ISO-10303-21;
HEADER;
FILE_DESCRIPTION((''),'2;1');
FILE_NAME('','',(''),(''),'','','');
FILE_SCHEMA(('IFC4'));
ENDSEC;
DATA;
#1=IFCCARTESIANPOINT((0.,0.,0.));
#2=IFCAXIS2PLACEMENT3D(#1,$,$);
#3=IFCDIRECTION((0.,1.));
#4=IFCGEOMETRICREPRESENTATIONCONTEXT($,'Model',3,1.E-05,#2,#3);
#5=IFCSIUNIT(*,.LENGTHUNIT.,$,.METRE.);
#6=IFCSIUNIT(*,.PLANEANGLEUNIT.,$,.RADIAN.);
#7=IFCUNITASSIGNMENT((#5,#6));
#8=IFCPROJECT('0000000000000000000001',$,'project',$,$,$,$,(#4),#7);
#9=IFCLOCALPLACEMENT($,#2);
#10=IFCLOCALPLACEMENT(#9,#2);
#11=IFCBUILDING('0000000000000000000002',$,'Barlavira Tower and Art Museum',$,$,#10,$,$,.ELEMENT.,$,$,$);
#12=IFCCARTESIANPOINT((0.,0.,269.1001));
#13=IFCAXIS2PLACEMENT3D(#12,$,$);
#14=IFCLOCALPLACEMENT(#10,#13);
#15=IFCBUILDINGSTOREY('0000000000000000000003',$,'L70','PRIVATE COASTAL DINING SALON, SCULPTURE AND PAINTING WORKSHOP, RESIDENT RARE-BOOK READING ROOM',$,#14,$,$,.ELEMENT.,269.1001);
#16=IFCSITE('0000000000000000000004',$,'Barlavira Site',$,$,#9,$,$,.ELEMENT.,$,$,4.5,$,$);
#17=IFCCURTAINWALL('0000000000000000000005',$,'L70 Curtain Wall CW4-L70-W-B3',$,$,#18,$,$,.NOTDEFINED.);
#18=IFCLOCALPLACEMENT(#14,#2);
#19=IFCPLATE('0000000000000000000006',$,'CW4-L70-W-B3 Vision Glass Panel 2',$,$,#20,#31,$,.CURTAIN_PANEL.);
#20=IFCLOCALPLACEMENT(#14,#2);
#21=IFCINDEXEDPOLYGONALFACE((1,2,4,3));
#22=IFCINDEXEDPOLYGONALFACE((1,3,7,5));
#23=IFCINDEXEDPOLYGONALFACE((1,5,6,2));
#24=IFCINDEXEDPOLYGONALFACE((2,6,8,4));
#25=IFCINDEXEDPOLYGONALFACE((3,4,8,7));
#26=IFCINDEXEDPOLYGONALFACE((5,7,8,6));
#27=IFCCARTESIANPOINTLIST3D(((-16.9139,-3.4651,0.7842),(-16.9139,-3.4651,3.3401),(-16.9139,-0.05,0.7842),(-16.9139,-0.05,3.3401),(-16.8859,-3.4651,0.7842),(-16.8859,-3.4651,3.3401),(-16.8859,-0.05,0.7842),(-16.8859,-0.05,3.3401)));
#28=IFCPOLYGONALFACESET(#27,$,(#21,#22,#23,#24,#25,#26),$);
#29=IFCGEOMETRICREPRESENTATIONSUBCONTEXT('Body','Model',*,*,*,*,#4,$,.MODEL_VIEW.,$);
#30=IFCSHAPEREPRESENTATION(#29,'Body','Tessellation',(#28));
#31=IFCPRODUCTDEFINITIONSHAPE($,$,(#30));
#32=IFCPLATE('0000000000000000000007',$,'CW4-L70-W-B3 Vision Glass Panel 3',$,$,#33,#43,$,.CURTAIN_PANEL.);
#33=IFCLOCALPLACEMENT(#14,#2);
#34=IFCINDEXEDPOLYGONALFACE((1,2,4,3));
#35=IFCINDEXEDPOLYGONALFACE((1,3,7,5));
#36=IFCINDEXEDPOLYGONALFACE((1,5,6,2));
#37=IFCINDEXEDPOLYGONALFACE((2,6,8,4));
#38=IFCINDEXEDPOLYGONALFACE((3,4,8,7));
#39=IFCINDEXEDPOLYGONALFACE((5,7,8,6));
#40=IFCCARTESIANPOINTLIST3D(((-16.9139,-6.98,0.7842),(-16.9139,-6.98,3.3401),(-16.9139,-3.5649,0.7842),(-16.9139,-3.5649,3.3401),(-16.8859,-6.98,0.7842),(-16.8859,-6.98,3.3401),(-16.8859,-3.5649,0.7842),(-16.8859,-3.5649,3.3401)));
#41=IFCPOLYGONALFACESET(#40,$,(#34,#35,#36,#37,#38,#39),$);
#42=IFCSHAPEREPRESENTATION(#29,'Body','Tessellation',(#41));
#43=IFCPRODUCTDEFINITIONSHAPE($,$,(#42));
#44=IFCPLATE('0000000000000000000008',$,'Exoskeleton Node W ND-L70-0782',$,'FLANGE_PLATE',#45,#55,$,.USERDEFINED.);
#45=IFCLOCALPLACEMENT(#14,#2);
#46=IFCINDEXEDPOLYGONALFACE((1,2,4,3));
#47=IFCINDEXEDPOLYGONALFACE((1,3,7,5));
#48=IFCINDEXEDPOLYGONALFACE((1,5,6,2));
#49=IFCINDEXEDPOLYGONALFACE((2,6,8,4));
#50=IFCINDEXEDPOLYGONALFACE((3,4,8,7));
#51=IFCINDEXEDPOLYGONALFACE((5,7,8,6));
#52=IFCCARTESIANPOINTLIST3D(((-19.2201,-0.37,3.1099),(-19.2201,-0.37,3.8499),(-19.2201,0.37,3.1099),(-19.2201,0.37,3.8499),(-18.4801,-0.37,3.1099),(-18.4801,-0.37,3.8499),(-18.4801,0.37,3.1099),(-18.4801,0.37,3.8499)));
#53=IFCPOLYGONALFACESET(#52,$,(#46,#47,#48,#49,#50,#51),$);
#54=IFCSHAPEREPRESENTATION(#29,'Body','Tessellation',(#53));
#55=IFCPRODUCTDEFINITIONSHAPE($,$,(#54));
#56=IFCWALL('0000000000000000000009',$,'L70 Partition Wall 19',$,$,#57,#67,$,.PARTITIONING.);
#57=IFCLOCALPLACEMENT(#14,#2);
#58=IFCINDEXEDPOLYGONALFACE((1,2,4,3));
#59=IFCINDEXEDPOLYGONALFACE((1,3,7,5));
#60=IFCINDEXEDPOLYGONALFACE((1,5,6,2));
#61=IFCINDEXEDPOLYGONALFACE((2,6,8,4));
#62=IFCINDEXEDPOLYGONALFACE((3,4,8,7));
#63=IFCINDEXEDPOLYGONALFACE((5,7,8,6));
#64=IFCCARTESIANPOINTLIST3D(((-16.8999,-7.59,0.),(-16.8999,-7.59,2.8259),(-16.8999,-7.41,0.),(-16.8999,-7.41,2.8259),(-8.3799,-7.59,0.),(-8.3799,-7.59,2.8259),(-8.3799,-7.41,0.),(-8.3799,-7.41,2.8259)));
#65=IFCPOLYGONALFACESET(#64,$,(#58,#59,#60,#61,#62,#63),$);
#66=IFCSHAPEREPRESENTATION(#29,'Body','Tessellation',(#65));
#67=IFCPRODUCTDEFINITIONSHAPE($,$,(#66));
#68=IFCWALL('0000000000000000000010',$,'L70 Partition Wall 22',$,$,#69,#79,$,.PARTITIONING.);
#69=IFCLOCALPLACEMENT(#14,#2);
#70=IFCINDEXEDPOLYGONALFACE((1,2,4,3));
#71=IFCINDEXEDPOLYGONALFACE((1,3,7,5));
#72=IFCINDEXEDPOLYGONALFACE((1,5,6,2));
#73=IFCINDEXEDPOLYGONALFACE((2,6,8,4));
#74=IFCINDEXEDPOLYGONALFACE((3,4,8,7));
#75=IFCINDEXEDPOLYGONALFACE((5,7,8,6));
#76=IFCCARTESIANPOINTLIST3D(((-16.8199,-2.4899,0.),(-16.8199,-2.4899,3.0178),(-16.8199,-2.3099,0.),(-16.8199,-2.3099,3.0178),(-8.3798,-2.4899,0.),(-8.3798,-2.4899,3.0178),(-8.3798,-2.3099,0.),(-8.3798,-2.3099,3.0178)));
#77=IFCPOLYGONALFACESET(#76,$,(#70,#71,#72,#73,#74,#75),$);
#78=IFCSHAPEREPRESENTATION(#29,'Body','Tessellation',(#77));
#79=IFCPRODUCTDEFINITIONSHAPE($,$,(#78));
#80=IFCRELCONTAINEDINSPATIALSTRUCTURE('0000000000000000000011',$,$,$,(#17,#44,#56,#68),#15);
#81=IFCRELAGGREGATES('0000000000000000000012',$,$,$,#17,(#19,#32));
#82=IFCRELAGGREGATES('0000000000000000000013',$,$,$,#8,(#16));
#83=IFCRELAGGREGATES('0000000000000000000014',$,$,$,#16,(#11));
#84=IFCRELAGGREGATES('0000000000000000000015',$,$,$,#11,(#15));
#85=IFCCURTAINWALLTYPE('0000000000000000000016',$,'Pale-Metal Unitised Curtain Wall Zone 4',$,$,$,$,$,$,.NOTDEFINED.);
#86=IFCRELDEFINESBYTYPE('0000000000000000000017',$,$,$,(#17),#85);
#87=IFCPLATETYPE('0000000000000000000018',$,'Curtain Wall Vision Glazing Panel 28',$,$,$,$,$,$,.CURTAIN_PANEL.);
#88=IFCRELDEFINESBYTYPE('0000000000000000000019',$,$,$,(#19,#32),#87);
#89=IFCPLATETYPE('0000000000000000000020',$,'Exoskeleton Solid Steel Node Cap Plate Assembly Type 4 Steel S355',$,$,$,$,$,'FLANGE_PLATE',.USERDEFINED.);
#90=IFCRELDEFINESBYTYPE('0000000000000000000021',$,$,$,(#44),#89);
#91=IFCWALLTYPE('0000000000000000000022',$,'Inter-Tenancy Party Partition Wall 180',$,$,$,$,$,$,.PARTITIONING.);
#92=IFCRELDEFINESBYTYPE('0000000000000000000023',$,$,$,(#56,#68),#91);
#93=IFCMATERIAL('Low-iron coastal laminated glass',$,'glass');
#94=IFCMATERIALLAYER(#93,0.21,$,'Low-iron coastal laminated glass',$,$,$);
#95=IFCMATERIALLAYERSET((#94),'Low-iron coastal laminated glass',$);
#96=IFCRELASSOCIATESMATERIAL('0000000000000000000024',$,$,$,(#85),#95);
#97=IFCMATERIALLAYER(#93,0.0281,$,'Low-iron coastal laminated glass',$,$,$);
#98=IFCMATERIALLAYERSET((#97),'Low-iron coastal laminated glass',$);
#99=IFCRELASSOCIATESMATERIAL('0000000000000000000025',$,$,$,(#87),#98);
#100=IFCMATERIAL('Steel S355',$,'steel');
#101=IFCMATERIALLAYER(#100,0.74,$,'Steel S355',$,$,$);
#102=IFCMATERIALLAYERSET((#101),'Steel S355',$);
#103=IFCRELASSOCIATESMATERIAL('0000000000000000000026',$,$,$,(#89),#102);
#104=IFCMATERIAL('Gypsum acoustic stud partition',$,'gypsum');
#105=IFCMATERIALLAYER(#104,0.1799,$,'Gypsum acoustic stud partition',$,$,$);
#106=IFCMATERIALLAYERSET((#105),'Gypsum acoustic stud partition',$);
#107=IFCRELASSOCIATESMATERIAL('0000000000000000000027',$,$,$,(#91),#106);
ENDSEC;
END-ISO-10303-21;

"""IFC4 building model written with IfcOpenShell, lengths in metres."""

from ifc_helpers import new_model, si_unit, direction, frame, frame_2d, origin, origin_2d, place, context, subcontext, project, spatial, rectangle, extrude, material, layer, layer_set, type_object, element, aggregate, save


model = new_model("IFC4")

# Units and contexts
model_context = context("Model", 3, precision=1e-05, world=origin(), true_north=direction((0.0, 1.0)))
body_context = subcontext(model_context, "Body", "Model", "MODEL_VIEW")
ifc_project = project(units=[si_unit("LENGTHUNIT", "METRE"), si_unit("PLANEANGLEUNIT", "RADIAN")], contexts=[model_context])

# Site, building, storey
site_placement = place(None, origin())
site = spatial("IfcSite", under=ifc_project, at=site_placement, Name="Barlavira Site", CompositionType="ELEMENT", RefElevation=4.5)
building_placement = place(site_placement, origin())
building = spatial("IfcBuilding", under=site, at=building_placement, Name="Barlavira Tower and Art Museum", CompositionType="ELEMENT")
storey_placement = place(building_placement, frame((0.0, 0.0, 269.1001)))
storey = spatial("IfcBuildingStorey", under=building, at=storey_placement, Name="L70", Description="PRIVATE COASTAL DINING SALON, SCULPTURE AND PAINTING WORKSHOP, RESIDENT RARE-BOOK READING ROOM", CompositionType="ELEMENT", Elevation=269.1001)

# Curtain wall
ifc_material_1 = material(Name="Low-iron coastal laminated glass", Category="glass")
ifc_layer_1 = layer(ifc_material_1, 0.21, Name="Low-iron coastal laminated glass")
ifc_layer_set_1 = layer_set([ifc_layer_1], Name="Low-iron coastal laminated glass")
curtain_wall_type = type_object("IfcCurtainWallType", Name="Pale-Metal Unitised Curtain Wall Zone 4", PredefinedType="NOTDEFINED", material=ifc_layer_set_1)
curtain_wall_placement = place(storey_placement, origin())
curtain_wall = element("IfcCurtainWall", 1, at=curtain_wall_placement, inside=storey, type_object=curtain_wall_type, Name="L70 Curtain Wall CW4-L70-W-B3", PredefinedType="NOTDEFINED")

# Shared definitions
ifc_material_2 = material(Name="Steel S355", Category="steel")

# Plates
ifc_layer_2 = layer(ifc_material_1, 0.0281, Name="Low-iron coastal laminated glass")
ifc_layer_set_2 = layer_set([ifc_layer_2], Name="Low-iron coastal laminated glass")
plate_type_1 = type_object("IfcPlateType", Name="Curtain Wall Vision Glazing Panel 28", PredefinedType="CURTAIN_PANEL", material=ifc_layer_set_2)
plate_1_placement = place(storey_placement, frame((-16.8999, -1.7576, 0.7842), z_axis=(0.0, 0.0, 1.0), x_axis=(0.0, -1.0, 0.0)))
plate_1 = element("IfcPlate", 2, at=plate_1_placement, type_object=plate_type_1, Name="CW4-L70-W-B3 Vision Glass Panel 2", PredefinedType="CURTAIN_PANEL", context=body_context, shape_type="SweptSolid", body=[
    extrude(rectangle(XDim=3.415, YDim=0.0281, at=origin_2d()), origin(), (0.0, 0.0, 1.0), 2.5559),
])
plate_2_placement = place(storey_placement, frame((-16.8999, -5.2725, 0.7842), z_axis=(0.0, 0.0, 1.0), x_axis=(0.0, -1.0, 0.0)))
plate_2 = element("IfcPlate", 3, at=plate_2_placement, type_object=plate_type_1, Name="CW4-L70-W-B3 Vision Glass Panel 3", PredefinedType="CURTAIN_PANEL", context=body_context, shape_type="SweptSolid", body=[
    extrude(rectangle(XDim=3.415, YDim=0.0281, at=origin_2d()), origin(), (0.0, 0.0, 1.0), 2.5559),
])
aggregate(curtain_wall, [plate_1, plate_2])
ifc_layer_3 = layer(ifc_material_2, 0.74, Name="Steel S355")
ifc_layer_set_3 = layer_set([ifc_layer_3], Name="Steel S355")
plate_type_2 = type_object("IfcPlateType", Name="Exoskeleton Solid Steel Node Cap Plate Assembly Type 4 Steel S355", ElementType="FLANGE_PLATE", PredefinedType="USERDEFINED", material=ifc_layer_set_3)
plate_3_placement = place(storey_placement, frame((-18.8501, 0.0, 3.1099), z_axis=(0.0, 0.0, 1.0), x_axis=(1.0, 0.0, 0.0)))
element("IfcPlate", 4, at=plate_3_placement, inside=storey, type_object=plate_type_2, Name="Exoskeleton Node W ND-L70-0782", ObjectType="FLANGE_PLATE", PredefinedType="USERDEFINED", context=body_context, shape_type="SweptSolid", body=[
    extrude(rectangle(XDim=0.74, YDim=0.74, at=origin_2d()), origin(), (0.0, 0.0, 1.0), 0.74),
])

# Walls
ifc_material_3 = material(Name="Gypsum acoustic stud partition", Category="gypsum")
ifc_layer_4 = layer(ifc_material_3, 0.1799, Name="Gypsum acoustic stud partition")
ifc_layer_set_4 = layer_set([ifc_layer_4], Name="Gypsum acoustic stud partition")
wall_type = type_object("IfcWallType", Name="Inter-Tenancy Party Partition Wall 180", PredefinedType="PARTITIONING", material=ifc_layer_set_4)
wall_1_placement = place(storey_placement, frame((-16.8999, -7.5, 0.0), z_axis=(0.0, 0.0, 1.0), x_axis=(1.0, 0.0, 0.0)))
element("IfcWall", 5, at=wall_1_placement, inside=storey, type_object=wall_type, Name="L70 Partition Wall 19", PredefinedType="PARTITIONING", context=body_context, shape_type="SweptSolid", body=[
    extrude(rectangle(XDim=8.52, YDim=0.1799, at=frame_2d((4.26, 0.0))), origin(), (0.0, 0.0, 1.0), 2.8259),
])
wall_2_placement = place(storey_placement, frame((-16.8201, -2.3999, 0.0), z_axis=(0.0, 0.0, 1.0), x_axis=(1.0, 0.0, 0.0)))
element("IfcWall", 6, at=wall_2_placement, inside=storey, type_object=wall_type, Name="L70 Partition Wall 22", PredefinedType="PARTITIONING", context=body_context, shape_type="SweptSolid", body=[
    extrude(rectangle(XDim=8.4402, YDim=0.1799, at=frame_2d((4.2202, 0.0))), origin(), (0.0, 0.0, 1.0), 3.0178),
])

save(model, "model.ifc")
